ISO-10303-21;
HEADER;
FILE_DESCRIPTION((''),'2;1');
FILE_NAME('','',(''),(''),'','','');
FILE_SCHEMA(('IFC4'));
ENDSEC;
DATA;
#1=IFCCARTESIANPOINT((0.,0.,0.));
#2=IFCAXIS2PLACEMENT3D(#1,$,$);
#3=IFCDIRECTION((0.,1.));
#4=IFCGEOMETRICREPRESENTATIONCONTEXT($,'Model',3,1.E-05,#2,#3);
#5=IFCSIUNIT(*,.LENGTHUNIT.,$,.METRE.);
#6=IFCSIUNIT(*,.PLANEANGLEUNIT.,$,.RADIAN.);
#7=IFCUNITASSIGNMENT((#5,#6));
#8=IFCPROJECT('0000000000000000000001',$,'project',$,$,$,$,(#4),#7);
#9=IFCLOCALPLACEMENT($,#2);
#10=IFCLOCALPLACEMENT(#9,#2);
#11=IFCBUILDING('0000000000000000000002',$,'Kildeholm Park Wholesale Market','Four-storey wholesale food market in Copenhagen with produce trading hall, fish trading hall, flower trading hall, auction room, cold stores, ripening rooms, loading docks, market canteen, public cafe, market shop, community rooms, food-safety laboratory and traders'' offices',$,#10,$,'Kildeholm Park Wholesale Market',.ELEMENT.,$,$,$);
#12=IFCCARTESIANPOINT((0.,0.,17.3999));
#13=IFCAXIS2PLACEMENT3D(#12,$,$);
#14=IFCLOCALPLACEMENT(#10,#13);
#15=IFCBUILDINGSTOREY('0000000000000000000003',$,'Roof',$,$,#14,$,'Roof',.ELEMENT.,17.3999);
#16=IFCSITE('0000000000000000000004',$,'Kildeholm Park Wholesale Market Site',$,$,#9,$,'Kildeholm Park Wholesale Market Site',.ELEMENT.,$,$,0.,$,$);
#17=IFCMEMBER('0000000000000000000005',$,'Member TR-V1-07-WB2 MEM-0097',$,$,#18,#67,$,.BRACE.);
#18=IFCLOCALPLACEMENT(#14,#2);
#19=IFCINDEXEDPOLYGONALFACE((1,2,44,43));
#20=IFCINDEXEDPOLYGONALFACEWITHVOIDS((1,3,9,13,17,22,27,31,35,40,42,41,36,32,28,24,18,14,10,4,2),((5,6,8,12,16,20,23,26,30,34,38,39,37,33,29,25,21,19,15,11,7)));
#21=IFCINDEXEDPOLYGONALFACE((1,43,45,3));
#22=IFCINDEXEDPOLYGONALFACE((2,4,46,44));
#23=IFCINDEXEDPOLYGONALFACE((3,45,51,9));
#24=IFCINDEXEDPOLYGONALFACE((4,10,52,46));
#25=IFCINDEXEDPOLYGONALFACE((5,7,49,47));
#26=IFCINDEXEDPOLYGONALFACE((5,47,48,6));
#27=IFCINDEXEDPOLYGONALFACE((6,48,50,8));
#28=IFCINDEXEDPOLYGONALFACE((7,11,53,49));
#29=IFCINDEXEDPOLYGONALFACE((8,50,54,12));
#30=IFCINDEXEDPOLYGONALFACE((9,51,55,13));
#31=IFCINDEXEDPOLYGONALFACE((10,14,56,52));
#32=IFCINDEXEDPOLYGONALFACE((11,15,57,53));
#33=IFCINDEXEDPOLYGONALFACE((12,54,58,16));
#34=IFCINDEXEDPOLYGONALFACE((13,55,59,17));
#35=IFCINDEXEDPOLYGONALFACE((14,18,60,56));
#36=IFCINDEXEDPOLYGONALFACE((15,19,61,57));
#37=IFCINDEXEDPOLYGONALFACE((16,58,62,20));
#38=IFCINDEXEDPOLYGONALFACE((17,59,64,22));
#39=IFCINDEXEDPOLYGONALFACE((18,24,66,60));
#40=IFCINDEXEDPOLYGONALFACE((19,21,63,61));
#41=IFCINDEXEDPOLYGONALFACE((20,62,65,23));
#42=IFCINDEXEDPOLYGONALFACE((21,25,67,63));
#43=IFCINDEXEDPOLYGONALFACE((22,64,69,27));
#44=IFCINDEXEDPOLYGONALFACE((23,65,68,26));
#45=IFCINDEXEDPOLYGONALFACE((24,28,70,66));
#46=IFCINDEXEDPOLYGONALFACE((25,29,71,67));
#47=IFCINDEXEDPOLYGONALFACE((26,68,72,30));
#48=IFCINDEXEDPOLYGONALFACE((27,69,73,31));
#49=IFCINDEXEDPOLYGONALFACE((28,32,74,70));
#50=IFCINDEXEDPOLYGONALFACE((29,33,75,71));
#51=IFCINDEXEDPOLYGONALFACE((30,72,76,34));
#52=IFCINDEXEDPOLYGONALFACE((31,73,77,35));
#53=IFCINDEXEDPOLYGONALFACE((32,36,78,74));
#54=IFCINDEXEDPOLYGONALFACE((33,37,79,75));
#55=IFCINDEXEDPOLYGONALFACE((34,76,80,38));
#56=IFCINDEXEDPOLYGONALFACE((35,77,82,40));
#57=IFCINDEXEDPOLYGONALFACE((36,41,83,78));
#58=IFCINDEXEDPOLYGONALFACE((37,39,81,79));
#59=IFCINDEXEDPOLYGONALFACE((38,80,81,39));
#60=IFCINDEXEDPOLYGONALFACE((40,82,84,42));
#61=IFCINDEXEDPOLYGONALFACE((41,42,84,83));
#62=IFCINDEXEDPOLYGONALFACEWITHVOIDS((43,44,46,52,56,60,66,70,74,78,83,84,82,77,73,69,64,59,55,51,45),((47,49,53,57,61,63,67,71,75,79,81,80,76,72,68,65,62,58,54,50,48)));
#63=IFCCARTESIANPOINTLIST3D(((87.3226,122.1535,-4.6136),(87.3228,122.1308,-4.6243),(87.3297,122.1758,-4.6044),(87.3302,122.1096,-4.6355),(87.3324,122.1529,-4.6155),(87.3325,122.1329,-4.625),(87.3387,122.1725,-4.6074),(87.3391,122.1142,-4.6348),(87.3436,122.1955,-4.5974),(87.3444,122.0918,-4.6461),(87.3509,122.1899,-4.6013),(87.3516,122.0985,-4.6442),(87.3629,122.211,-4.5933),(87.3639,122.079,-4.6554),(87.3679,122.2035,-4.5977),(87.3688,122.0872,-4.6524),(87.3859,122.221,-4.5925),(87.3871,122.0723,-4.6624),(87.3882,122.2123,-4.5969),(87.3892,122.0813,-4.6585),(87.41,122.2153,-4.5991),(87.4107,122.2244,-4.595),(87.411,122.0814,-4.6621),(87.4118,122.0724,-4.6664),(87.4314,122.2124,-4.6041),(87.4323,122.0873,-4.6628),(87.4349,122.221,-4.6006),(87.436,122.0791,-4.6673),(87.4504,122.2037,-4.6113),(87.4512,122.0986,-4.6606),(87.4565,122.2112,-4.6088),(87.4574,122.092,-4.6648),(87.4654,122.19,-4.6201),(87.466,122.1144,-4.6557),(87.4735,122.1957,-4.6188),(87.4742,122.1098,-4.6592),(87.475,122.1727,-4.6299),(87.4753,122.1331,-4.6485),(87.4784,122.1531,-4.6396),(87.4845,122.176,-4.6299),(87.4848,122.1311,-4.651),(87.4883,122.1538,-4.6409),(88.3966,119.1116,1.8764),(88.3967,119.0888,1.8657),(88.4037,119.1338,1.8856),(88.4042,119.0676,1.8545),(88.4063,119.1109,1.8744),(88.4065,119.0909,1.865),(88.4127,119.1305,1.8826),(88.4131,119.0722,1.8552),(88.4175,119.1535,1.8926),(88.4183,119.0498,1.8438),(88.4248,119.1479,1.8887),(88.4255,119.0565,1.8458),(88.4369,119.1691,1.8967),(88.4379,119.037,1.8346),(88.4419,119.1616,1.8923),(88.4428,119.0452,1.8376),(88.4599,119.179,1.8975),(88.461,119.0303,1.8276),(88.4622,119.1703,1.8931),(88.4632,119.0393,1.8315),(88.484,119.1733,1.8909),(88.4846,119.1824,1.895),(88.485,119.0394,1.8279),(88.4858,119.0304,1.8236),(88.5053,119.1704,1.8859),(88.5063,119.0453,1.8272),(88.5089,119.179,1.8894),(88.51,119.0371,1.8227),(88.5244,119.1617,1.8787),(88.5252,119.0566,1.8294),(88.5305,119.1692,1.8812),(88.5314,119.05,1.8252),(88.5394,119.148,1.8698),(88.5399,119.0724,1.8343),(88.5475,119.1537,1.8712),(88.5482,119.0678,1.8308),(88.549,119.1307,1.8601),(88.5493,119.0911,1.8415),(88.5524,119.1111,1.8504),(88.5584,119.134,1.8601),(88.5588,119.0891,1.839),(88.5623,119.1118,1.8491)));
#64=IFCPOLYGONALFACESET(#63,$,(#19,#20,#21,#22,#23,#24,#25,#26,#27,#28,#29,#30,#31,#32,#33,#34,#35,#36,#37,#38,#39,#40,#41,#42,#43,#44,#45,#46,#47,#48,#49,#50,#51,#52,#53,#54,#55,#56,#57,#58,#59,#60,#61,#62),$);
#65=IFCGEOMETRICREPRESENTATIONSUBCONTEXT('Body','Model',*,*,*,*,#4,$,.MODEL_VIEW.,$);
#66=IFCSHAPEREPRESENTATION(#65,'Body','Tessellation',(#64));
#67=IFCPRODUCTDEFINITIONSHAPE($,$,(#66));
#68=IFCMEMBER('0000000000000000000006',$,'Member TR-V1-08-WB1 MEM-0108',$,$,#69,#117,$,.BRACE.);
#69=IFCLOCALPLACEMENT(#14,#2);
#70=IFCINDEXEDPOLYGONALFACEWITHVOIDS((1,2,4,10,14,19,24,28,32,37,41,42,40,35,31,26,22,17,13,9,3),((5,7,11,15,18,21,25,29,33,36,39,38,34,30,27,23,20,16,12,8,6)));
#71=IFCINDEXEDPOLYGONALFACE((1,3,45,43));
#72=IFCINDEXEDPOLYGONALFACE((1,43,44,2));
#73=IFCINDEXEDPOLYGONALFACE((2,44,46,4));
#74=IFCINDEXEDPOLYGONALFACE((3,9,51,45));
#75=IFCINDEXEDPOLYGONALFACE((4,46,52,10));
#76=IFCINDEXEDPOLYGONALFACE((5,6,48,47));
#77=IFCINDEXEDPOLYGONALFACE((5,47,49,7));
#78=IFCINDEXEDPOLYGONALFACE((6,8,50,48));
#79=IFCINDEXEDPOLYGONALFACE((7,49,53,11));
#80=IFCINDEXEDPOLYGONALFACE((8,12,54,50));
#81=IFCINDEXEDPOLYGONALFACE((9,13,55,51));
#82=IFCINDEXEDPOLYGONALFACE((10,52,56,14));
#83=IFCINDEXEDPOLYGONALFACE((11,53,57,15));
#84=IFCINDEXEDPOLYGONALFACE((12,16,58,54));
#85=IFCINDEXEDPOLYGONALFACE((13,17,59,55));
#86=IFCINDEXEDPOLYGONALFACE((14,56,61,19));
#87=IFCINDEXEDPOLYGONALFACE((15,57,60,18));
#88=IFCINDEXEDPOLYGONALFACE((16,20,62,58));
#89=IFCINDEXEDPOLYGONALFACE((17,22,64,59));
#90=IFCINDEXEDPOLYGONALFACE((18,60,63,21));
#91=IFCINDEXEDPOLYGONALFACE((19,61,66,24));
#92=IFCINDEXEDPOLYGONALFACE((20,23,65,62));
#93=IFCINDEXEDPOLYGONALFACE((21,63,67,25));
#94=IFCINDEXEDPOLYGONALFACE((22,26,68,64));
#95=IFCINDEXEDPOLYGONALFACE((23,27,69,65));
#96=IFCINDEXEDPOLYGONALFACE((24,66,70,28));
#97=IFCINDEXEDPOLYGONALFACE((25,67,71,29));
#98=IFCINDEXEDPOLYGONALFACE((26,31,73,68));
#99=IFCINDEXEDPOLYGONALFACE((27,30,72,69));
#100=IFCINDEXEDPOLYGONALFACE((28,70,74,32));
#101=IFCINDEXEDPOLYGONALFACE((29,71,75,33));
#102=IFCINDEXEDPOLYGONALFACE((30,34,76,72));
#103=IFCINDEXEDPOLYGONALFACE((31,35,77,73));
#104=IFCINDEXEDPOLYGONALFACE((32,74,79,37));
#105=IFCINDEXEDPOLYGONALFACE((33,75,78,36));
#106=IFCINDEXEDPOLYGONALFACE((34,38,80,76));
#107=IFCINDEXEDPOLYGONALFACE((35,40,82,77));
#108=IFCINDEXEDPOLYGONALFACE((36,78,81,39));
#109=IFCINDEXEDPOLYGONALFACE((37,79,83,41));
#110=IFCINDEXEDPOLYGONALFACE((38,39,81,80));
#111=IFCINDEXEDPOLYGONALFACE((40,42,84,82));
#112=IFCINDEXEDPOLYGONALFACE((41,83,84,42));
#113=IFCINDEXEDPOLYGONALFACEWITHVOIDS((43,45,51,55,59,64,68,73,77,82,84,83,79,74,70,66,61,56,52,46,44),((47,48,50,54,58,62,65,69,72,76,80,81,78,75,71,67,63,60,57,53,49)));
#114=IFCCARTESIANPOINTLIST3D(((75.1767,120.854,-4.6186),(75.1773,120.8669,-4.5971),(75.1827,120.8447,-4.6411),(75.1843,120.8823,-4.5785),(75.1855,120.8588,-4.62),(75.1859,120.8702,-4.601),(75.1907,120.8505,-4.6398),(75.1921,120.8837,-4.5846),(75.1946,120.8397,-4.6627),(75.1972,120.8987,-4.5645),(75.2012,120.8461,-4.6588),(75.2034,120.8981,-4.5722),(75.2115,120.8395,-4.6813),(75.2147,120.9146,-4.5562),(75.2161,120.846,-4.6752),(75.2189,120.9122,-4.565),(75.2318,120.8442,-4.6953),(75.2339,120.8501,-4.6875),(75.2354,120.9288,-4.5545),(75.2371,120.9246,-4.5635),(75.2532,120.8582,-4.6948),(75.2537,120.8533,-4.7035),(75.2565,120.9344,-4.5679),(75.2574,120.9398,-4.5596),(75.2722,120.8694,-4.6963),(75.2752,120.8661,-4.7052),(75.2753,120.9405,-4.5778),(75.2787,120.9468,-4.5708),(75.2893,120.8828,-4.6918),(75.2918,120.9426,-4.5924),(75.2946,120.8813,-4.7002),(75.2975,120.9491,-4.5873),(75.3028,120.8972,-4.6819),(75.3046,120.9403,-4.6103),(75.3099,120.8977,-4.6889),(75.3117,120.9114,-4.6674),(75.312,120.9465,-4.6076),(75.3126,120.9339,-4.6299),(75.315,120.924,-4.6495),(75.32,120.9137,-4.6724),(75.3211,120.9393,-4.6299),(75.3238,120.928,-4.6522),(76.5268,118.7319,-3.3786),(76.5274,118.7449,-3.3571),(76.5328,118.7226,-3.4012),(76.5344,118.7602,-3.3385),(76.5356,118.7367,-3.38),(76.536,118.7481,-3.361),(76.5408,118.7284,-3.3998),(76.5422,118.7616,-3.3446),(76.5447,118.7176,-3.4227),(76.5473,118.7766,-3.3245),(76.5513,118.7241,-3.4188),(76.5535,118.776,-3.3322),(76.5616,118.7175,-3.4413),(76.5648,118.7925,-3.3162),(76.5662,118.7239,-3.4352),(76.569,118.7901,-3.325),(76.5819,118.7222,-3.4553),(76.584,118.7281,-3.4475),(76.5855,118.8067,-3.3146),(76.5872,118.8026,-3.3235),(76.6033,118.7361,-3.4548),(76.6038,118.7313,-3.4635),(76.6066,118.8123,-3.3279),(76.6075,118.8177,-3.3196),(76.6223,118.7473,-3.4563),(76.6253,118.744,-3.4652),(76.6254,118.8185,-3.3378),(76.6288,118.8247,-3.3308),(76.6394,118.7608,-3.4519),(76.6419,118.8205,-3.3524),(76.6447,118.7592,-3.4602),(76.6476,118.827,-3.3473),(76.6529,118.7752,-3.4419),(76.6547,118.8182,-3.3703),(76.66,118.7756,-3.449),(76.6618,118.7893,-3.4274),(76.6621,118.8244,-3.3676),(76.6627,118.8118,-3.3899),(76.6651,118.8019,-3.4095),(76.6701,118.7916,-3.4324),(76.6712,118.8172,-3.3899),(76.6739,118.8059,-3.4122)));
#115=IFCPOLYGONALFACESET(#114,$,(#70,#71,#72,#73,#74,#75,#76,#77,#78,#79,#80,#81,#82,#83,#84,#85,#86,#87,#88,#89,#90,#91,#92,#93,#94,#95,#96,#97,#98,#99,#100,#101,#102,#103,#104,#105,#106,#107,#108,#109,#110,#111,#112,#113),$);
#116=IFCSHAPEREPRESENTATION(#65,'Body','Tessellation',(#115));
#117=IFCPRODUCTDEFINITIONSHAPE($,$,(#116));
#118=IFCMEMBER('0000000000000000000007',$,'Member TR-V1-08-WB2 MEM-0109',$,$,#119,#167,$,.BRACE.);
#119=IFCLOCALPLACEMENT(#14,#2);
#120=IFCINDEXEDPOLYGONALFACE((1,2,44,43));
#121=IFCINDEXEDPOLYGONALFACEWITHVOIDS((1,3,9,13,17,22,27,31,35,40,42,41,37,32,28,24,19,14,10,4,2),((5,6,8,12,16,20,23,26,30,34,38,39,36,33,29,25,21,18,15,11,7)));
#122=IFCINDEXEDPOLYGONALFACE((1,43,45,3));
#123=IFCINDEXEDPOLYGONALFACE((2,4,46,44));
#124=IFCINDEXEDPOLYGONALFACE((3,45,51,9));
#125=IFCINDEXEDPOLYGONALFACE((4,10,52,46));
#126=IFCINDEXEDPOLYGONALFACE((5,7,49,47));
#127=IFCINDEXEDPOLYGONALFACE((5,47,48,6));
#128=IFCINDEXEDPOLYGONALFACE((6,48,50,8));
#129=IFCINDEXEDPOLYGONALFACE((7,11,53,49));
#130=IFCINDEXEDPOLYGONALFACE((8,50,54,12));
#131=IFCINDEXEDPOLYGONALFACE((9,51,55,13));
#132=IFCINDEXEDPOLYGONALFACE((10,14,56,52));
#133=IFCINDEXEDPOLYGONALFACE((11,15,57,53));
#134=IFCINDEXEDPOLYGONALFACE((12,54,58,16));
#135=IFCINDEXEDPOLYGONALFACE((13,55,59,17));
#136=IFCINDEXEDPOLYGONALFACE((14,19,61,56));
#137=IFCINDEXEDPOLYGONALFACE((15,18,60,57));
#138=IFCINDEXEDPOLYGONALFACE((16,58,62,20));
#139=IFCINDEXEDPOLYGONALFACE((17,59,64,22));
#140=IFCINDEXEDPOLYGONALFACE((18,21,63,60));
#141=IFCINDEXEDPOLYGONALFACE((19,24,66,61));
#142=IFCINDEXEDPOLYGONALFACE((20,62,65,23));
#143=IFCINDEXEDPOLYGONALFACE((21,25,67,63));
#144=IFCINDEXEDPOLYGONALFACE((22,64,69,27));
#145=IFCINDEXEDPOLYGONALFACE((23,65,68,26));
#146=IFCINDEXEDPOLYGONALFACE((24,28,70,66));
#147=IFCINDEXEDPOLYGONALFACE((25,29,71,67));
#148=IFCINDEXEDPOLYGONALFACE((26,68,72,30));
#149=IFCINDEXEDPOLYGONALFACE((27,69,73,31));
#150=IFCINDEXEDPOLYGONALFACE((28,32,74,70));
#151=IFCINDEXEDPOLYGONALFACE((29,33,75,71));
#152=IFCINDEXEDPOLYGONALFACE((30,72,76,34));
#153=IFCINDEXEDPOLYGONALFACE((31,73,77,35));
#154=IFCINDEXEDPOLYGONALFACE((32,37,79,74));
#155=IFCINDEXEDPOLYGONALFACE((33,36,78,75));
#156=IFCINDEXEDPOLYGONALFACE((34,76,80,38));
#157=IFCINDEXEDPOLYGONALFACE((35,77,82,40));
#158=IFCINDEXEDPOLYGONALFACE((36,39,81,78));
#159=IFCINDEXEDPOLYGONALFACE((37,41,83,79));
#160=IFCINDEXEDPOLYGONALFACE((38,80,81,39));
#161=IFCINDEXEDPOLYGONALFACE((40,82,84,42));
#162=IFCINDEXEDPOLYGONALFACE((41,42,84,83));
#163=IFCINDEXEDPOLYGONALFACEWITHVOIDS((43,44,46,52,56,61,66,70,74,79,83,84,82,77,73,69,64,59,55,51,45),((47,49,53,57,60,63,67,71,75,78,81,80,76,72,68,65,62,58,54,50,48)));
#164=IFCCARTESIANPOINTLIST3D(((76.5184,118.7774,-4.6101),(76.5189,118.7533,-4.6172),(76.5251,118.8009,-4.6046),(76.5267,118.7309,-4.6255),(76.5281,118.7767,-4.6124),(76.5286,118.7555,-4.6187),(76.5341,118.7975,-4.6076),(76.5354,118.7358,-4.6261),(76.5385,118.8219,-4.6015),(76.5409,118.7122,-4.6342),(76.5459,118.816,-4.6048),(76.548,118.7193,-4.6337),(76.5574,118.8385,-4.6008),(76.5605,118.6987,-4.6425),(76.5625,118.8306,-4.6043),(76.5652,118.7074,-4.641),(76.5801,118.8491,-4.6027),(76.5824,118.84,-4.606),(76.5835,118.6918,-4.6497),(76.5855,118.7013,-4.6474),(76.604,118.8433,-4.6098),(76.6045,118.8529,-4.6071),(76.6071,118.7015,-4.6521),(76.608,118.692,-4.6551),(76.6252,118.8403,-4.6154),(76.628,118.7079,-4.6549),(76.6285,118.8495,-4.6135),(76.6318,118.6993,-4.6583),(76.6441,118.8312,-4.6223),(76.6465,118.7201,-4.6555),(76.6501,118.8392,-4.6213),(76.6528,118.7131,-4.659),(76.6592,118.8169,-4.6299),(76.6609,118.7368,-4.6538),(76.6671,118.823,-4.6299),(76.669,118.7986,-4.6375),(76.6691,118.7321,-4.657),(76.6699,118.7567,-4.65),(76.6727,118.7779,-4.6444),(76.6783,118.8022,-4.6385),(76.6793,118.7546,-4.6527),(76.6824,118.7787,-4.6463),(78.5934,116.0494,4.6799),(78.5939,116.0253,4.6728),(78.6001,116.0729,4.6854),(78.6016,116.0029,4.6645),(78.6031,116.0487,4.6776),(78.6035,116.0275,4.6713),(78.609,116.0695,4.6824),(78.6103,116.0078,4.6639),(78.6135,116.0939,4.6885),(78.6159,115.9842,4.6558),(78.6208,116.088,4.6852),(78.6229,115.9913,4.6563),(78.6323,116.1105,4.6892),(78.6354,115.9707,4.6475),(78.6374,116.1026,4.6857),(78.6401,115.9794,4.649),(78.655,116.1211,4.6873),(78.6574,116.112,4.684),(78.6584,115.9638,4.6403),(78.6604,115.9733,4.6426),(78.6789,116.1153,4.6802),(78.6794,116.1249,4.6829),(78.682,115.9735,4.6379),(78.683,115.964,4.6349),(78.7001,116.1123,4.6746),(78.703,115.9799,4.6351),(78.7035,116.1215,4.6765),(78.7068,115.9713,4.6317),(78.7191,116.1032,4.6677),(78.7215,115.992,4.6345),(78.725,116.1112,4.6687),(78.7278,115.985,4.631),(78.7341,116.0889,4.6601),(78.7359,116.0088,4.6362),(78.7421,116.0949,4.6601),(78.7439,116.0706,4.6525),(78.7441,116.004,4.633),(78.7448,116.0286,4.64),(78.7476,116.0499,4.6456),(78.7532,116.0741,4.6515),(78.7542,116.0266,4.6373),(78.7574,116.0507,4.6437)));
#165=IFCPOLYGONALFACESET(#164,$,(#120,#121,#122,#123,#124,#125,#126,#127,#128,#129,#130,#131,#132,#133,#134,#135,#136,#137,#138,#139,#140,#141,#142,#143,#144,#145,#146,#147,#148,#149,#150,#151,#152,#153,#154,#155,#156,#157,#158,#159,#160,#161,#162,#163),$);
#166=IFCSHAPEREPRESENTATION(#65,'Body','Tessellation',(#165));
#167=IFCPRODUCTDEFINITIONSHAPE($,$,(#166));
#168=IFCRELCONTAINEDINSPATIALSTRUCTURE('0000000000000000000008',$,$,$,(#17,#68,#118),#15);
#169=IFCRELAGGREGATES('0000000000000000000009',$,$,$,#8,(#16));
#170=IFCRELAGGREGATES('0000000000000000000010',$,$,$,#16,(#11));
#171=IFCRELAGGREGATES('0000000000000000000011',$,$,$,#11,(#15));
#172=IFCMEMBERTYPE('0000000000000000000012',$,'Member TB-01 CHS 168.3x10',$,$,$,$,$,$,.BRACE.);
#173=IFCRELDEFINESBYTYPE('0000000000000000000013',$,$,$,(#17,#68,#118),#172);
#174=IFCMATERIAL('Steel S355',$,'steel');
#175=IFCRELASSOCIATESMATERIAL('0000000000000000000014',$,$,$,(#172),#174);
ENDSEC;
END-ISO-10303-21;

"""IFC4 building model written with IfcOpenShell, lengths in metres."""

from ifc_helpers import new_model, si_unit, direction, frame, origin, origin_2d, place, context, subcontext, project, spatial, hollow_circle, extrude, material, material_profile, profile_set, type_object, element, save


model = new_model("IFC4")

# Units and contexts
model_context = context("Model", 3, precision=1e-05, world=origin(), true_north=direction((0.0, 1.0)))
body_context = subcontext(model_context, "Body", "Model", "MODEL_VIEW")
ifc_project = project(units=[si_unit("LENGTHUNIT", "METRE"), si_unit("PLANEANGLEUNIT", "RADIAN")], contexts=[model_context])

# Site, building, storey
site_placement = place(None, origin())
site = spatial("IfcSite", under=ifc_project, at=site_placement, Name="Kildeholm Park Wholesale Market Site", LongName="Kildeholm Park Wholesale Market Site", CompositionType="ELEMENT", RefElevation=0.0)
building_placement = place(site_placement, origin())
building = spatial("IfcBuilding", under=site, at=building_placement, Name="Kildeholm Park Wholesale Market", Description="Four-storey wholesale food market in Copenhagen with produce trading hall, fish trading hall, flower trading hall, auction room, cold stores, ripening rooms, loading docks, market canteen, public cafe, market shop, community rooms, food-safety laboratory and traders' offices", LongName="Kildeholm Park Wholesale Market", CompositionType="ELEMENT")
storey_placement = place(building_placement, frame((0.0, 0.0, 17.3999)))
storey = spatial("IfcBuildingStorey", under=building, at=storey_placement, Name="Roof", LongName="Roof", CompositionType="ELEMENT", Elevation=17.3999)

# Shared definitions
ifc_material_1 = material(Name="Steel S355", Category="steel")

# Members
ifc_material_profile_1 = material_profile(ifc_material_1, hollow_circle(Radius=0.0842, WallThickness=0.01, at=origin_2d()), Name="CHS 168.3x10")
ifc_profile_set_1 = profile_set([ifc_material_profile_1], Name="Steel S355")
member_type_1 = type_object("IfcMemberType", Name="Member TB-01 CHS 168.3x10", PredefinedType="BRACE", material=ifc_profile_set_1)
member_1_placement = place(storey_placement, frame((87.405, 122.1479, -4.6299), z_axis=(0.148184, -0.419726, 0.895473), x_axis=(0.942958, 0.332911, 0.0)))
element("IfcMember", 1, at=member_1_placement, inside=storey, type_object=member_type_1, Name="Member TR-V1-07-WB2 MEM-0097", PredefinedType="BRACE", context=body_context, shape_type="SweptSolid", body=[
    extrude(hollow_circle(Radius=0.0842, WallThickness=0.01, at=origin_2d()), origin(), (0.0, 0.0, 1.0), 7.2476),
])
member_2_placement = place(storey_placement, frame((75.25, 120.894, -4.6299), z_axis=(0.481456, -0.756748, 0.442191), x_axis=(0.843717, 0.536788, 0.0)))
element("IfcMember", 2, at=member_2_placement, inside=storey, type_object=member_type_1, Name="Member TR-V1-08-WB1 MEM-0108", PredefinedType="BRACE", context=body_context, shape_type="SweptSolid", body=[
    extrude(hollow_circle(Radius=0.0842, WallThickness=0.01, at=origin_2d()), origin(), (0.0, 0.0, 1.0), 2.8042),
])
member_3_placement = place(storey_placement, frame((76.6001, 118.772, -4.6299), z_axis=(0.209546, -0.275499, 0.938185), x_axis=(0.79593, 0.605388, 0.0)))
element("IfcMember", 3, at=member_3_placement, inside=storey, type_object=member_type_1, Name="Member TR-V1-08-WB2 MEM-0109", PredefinedType="BRACE", context=body_context, shape_type="SweptSolid", body=[
    extrude(hollow_circle(Radius=0.0842, WallThickness=0.01, at=origin_2d()), origin(), (0.0, 0.0, 1.0), 9.9021),
])

save(model, "model.ifc")
